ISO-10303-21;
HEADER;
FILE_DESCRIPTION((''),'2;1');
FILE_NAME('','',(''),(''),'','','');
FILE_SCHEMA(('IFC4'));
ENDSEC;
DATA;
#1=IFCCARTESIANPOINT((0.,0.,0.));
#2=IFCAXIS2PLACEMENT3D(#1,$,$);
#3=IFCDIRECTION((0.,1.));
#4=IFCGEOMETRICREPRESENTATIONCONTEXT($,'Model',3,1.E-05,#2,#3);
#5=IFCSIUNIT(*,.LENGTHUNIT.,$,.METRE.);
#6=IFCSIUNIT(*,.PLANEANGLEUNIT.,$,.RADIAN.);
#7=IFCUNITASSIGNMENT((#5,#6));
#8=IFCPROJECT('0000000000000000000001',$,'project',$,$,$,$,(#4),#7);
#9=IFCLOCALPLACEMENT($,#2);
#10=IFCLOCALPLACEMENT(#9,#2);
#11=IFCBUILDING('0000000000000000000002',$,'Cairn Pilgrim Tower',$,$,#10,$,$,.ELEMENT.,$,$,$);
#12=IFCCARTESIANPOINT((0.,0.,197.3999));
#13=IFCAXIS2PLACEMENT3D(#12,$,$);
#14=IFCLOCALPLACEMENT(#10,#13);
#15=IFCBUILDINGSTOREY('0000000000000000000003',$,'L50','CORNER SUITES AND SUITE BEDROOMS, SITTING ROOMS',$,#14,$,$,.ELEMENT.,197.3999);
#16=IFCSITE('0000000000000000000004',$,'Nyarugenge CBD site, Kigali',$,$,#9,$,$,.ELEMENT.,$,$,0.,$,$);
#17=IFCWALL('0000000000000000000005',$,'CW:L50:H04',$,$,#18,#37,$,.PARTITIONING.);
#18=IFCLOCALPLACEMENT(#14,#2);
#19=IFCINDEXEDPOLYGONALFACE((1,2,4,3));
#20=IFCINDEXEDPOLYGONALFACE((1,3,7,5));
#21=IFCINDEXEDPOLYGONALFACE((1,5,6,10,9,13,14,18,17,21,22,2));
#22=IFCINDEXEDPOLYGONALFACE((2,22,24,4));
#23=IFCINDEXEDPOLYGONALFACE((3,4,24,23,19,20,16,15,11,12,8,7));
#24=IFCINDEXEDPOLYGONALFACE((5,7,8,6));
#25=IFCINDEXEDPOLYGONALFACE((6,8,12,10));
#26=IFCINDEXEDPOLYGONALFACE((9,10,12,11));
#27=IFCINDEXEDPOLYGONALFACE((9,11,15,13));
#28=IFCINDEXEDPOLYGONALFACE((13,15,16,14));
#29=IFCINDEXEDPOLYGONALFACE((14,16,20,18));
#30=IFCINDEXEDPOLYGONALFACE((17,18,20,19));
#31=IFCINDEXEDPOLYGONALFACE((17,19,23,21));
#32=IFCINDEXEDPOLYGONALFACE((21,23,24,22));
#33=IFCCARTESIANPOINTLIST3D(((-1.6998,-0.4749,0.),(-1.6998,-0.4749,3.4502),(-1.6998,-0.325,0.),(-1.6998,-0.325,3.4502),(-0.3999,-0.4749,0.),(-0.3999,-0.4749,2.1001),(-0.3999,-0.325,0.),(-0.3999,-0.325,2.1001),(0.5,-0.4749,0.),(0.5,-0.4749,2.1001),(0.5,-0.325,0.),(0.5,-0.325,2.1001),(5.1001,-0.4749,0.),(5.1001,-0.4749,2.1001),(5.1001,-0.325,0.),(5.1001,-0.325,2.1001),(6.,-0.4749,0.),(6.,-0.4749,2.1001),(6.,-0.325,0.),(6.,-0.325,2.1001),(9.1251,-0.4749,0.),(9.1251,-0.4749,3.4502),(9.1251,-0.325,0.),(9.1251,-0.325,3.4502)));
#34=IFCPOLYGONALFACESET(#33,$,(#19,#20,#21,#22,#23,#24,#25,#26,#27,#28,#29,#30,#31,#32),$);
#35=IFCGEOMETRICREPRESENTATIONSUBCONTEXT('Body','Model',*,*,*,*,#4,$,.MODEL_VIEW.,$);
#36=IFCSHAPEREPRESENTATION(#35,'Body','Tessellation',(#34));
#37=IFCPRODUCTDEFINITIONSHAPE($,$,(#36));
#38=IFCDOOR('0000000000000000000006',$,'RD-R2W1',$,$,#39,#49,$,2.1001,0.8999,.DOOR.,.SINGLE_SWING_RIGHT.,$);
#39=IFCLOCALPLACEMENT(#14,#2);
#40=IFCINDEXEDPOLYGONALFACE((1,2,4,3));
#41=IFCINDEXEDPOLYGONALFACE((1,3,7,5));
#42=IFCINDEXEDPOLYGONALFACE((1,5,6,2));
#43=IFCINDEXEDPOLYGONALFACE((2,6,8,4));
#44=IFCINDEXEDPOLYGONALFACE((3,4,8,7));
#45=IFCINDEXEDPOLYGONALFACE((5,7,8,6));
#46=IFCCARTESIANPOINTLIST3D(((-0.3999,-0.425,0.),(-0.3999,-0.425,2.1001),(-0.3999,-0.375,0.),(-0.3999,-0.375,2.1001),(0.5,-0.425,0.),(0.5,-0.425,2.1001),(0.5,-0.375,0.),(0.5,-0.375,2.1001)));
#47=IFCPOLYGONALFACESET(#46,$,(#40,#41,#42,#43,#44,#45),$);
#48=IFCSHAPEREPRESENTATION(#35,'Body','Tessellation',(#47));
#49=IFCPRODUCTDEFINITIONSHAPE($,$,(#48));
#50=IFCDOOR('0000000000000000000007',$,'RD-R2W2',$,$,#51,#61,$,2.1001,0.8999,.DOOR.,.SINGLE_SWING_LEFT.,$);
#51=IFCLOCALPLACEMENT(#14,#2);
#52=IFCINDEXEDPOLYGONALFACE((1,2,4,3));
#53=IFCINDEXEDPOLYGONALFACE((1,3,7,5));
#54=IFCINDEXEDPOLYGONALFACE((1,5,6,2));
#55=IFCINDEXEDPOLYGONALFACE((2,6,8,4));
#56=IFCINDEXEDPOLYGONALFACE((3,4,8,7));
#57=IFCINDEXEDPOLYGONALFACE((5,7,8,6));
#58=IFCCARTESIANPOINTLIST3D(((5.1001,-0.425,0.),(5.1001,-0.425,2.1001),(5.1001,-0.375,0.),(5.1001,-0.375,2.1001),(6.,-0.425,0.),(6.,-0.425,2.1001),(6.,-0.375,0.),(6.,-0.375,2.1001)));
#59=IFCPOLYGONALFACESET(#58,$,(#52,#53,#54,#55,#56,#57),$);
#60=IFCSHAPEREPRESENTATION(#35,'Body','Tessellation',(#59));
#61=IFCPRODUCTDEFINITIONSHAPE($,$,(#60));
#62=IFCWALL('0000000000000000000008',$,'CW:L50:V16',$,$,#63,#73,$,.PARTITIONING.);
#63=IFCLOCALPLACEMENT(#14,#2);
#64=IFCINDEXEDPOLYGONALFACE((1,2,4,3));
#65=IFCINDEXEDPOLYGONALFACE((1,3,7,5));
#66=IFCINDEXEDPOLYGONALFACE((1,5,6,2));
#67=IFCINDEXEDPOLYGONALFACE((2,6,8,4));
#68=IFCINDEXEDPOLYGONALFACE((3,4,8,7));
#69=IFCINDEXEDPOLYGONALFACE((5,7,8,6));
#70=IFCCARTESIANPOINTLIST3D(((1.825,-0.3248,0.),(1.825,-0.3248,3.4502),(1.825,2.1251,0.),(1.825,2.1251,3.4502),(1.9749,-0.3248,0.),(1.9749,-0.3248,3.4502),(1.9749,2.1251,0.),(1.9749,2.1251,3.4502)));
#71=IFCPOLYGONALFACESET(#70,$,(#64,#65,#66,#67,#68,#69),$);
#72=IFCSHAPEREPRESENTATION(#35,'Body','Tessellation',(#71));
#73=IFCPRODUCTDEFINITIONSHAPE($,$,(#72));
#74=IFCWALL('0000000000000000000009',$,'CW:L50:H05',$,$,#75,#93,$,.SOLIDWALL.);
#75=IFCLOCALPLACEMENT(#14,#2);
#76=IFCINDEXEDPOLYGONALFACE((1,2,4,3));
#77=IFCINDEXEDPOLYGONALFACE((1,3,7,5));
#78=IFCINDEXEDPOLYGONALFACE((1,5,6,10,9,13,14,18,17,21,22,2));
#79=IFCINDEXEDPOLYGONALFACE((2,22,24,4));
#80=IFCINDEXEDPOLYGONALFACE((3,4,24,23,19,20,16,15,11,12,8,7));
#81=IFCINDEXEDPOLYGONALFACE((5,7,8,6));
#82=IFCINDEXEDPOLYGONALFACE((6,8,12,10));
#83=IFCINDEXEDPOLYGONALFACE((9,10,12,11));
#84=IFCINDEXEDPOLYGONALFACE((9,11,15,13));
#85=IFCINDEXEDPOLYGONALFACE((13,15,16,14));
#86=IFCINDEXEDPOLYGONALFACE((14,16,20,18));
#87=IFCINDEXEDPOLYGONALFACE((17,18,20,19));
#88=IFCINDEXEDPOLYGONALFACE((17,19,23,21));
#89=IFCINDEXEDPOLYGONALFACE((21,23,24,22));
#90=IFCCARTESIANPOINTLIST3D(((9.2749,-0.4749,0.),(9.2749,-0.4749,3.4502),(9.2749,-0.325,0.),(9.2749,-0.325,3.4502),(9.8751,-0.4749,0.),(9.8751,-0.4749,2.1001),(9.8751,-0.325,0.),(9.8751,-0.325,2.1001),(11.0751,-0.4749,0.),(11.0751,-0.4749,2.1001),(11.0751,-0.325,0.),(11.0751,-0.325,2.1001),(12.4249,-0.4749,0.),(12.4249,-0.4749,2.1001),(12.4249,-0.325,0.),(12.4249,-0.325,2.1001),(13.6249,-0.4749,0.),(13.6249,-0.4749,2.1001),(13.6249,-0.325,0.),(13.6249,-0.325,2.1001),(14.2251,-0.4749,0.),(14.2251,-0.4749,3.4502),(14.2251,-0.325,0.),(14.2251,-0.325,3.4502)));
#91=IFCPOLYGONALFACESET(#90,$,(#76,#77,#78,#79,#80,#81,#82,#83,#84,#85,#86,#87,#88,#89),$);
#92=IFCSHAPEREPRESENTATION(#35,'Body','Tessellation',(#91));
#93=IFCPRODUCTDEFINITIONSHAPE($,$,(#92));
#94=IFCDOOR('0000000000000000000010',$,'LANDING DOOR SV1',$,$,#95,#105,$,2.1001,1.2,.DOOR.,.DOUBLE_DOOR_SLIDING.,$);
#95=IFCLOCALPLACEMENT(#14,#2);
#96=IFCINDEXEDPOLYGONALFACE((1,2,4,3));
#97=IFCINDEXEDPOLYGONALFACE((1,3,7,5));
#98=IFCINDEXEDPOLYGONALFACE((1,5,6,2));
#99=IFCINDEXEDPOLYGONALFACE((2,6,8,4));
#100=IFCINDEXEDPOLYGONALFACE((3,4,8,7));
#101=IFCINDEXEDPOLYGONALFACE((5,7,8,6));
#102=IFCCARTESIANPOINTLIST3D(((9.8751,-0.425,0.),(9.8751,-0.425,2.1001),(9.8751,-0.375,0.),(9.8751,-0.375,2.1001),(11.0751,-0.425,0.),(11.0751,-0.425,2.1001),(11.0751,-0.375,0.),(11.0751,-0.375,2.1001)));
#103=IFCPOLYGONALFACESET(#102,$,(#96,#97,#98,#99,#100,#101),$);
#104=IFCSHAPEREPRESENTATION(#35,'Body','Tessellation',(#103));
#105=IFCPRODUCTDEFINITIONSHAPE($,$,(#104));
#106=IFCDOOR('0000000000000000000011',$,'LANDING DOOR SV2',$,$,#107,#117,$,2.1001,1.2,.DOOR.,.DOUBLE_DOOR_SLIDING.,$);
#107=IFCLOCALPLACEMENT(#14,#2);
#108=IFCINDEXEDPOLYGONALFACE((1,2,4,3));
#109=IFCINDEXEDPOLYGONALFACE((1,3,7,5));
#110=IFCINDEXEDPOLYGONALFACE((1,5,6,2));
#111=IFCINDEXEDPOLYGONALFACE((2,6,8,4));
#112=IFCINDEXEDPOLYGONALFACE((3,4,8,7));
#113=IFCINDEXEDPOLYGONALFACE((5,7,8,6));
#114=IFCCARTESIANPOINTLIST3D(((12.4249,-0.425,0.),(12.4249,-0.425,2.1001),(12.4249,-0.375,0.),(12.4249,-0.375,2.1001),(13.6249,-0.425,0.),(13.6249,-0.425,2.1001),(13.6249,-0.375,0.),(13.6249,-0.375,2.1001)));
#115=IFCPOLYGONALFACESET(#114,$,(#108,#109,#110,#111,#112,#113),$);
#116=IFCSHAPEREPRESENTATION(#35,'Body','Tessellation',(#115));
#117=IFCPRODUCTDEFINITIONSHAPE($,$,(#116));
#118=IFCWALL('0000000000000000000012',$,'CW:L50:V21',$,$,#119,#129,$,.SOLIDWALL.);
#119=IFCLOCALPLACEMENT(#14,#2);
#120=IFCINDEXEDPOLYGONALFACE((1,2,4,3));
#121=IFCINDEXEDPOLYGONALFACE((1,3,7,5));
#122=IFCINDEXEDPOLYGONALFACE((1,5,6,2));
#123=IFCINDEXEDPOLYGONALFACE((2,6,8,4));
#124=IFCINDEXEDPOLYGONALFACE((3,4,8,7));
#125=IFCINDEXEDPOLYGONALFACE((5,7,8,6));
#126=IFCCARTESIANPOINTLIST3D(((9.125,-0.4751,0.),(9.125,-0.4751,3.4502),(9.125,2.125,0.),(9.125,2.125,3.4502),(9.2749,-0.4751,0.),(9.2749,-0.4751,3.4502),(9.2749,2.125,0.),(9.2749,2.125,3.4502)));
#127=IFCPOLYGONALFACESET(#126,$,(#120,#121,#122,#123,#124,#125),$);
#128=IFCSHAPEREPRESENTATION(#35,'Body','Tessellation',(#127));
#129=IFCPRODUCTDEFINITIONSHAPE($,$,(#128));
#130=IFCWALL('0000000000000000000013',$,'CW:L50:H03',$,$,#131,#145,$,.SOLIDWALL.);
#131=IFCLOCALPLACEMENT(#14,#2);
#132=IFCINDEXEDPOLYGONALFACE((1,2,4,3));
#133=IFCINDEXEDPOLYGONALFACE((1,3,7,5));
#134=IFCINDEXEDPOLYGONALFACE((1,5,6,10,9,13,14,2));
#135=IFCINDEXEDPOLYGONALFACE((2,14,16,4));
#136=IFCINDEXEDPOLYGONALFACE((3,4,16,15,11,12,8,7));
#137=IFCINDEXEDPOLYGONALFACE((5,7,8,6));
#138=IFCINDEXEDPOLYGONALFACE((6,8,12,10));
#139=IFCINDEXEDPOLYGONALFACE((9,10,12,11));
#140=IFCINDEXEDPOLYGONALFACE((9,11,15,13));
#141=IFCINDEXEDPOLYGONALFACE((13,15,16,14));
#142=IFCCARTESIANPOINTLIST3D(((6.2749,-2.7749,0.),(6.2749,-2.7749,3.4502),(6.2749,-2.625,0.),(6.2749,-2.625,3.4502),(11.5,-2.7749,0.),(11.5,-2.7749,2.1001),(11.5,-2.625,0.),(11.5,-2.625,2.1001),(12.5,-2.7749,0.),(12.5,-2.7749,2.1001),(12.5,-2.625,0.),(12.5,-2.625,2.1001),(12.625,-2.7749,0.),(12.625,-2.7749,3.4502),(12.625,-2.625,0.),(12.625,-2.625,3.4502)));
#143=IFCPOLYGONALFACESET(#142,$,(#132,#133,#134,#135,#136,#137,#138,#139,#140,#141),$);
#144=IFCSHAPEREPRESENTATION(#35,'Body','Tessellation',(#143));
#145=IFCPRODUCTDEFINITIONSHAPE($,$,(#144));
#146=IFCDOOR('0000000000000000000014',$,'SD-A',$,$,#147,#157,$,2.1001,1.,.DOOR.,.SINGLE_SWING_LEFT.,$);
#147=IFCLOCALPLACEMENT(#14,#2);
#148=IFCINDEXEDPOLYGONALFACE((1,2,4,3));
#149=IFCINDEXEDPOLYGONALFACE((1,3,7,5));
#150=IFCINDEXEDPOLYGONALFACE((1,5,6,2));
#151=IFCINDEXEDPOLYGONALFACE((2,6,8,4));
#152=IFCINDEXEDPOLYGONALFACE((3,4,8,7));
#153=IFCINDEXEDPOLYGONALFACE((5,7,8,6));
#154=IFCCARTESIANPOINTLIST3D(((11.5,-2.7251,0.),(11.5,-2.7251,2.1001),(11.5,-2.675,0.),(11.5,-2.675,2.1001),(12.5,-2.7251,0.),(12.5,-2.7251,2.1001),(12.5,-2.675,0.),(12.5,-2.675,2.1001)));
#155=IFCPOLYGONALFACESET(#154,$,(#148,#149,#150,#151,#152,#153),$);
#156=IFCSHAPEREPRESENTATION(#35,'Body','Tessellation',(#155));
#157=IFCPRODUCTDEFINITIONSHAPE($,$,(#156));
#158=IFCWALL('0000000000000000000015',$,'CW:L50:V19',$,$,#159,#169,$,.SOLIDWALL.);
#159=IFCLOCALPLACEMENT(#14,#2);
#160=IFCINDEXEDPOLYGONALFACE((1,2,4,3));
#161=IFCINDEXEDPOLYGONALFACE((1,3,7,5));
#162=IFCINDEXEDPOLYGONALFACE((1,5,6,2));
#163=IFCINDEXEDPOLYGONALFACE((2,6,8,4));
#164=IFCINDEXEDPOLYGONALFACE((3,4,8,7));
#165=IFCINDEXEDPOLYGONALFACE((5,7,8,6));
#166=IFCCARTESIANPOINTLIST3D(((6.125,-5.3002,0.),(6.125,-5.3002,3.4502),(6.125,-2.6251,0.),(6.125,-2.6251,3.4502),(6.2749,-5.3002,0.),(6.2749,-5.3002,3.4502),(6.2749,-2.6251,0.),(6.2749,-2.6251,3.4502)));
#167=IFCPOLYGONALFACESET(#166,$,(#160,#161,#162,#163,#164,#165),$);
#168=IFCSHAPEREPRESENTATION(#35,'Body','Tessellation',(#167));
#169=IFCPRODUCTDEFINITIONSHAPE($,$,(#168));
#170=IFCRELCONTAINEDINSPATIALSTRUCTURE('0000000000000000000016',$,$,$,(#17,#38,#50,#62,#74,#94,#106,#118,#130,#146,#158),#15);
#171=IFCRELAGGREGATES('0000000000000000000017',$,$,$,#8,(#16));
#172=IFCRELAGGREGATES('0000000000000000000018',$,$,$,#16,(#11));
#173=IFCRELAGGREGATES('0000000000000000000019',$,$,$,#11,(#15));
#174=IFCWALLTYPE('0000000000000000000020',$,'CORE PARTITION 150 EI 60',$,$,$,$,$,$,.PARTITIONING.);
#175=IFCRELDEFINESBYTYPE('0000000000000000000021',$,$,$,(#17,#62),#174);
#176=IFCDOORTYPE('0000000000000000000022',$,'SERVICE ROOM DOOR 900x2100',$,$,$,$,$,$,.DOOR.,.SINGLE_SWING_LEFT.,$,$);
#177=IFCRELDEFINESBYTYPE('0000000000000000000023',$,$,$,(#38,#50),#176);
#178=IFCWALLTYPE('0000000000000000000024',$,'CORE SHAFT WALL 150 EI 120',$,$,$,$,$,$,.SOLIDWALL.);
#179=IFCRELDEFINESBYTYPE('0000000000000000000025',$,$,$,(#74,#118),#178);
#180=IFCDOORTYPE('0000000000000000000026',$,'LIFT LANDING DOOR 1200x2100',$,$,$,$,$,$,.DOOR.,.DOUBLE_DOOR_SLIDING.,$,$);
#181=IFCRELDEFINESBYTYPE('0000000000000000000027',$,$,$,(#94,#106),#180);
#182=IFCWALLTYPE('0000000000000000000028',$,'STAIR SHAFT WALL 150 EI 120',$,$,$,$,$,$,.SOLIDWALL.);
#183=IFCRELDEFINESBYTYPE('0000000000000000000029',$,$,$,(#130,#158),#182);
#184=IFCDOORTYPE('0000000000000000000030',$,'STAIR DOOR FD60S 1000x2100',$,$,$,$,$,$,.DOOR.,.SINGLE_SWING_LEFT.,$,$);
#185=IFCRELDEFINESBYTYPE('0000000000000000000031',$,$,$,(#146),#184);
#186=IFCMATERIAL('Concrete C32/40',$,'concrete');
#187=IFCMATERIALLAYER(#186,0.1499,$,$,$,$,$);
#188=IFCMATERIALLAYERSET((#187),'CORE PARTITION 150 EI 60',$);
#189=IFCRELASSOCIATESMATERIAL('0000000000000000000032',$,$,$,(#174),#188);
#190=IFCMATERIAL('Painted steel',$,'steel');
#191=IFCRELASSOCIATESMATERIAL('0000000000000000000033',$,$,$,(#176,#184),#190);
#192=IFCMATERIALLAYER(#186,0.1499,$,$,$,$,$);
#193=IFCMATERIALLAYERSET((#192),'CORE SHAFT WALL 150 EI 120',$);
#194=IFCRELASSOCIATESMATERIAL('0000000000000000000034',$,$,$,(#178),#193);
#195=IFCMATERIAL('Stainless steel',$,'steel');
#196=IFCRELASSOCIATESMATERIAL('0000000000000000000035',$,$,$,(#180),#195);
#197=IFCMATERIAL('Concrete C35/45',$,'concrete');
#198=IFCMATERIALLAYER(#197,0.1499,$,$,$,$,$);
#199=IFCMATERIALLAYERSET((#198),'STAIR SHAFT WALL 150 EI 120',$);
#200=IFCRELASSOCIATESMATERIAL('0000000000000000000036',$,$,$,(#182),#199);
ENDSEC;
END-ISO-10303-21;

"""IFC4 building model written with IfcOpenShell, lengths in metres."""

from ifc_helpers import new_model, si_unit, direction, frame, frame_2d, origin, place, context, subcontext, project, spatial, rectangle, extrude, material, layer, layer_set, type_object, element, fill, save


model = new_model("IFC4")

# Units and contexts
model_context = context("Model", 3, precision=1e-05, world=origin(), true_north=direction((0.0, 1.0)))
body_context = subcontext(model_context, "Body", "Model", "MODEL_VIEW")
ifc_project = project(units=[si_unit("LENGTHUNIT", "METRE"), si_unit("PLANEANGLEUNIT", "RADIAN")], contexts=[model_context])

# Site, building, storey
site_placement = place(None, origin())
site = spatial("IfcSite", under=ifc_project, at=site_placement, Name="Nyarugenge CBD site, Kigali", CompositionType="ELEMENT", RefElevation=0.0)
building_placement = place(site_placement, origin())
building = spatial("IfcBuilding", under=site, at=building_placement, Name="Cairn Pilgrim Tower", CompositionType="ELEMENT")
storey_placement = place(building_placement, frame((0.0, 0.0, 197.3999)))
storey = spatial("IfcBuildingStorey", under=building, at=storey_placement, Name="L50", Description="CORNER SUITES AND SUITE BEDROOMS, SITTING ROOMS", CompositionType="ELEMENT", Elevation=197.3999)

# Shared definitions
ifc_material_1 = material(Name="Concrete C35/45", Category="concrete")

# Shared definitions
ifc_material_2 = material(Name="Concrete C32/40", Category="concrete")

# Shared definitions
ifc_material_3 = material(Name="Painted steel", Category="steel")

# Shared definitions
ifc_layer_1 = layer(ifc_material_2, 0.1499)
ifc_layer_set_1 = layer_set([ifc_layer_1], Name="CORE PARTITION 150 EI 60")
wall_type_1 = type_object("IfcWallType", Name="CORE PARTITION 150 EI 60", PredefinedType="PARTITIONING", material=ifc_layer_set_1)
door_type_1 = type_object("IfcDoorType", Name="SERVICE ROOM DOOR 900x2100", OperationType="SINGLE_SWING_LEFT", PredefinedType="DOOR", material=ifc_material_3)

# Wall, openings, doors
wall_1_placement = place(storey_placement, frame((-1.7, -0.3999, 0.0), z_axis=(0.0, 0.0, 1.0), x_axis=(1.0, 0.0, 0.0)))
wall_1 = element("IfcWall", 1, at=wall_1_placement, inside=storey, type_object=wall_type_1, Name="CW:L50:H04", PredefinedType="PARTITIONING", context=body_context, shape_type="SweptSolid", body=[
    extrude(rectangle(XDim=10.825, YDim=0.1499, at=frame_2d((5.4126, 0.0))), origin(), (0.0, 0.0, 1.0), 3.4502),
])
opening_1_placement = place(wall_1_placement, frame((1.3, 0.0, 0.0)))
opening_1 = element("IfcOpeningElement", 2, at=opening_1_placement, cuts=wall_1, PredefinedType="OPENING", context=body_context, shape_type="SweptSolid", body=[
    extrude(rectangle(XDim=0.8999, YDim=2.1001, at=frame_2d((0.45, 1.05))), frame((0.0, 0.085, 0.0), z_axis=(0.0, -1.0, 0.0), x_axis=(1.0, 0.0, 0.0)), (0.0, 0.0, 1.0), 0.1699),
])
opening_2_placement = place(wall_1_placement, frame((6.8, 0.0, 0.0)))
opening_2 = element("IfcOpeningElement", 3, at=opening_2_placement, cuts=wall_1, PredefinedType="OPENING", context=body_context, shape_type="SweptSolid", body=[
    extrude(rectangle(XDim=0.8999, YDim=2.1001, at=frame_2d((0.45, 1.05))), frame((0.0, 0.085, 0.0), z_axis=(0.0, -1.0, 0.0), x_axis=(1.0, 0.0, 0.0)), (0.0, 0.0, 1.0), 0.1699),
])
door_1_placement = place(opening_1_placement, origin())
door_1 = element("IfcDoor", 4, at=door_1_placement, inside=storey, type_object=door_type_1, Name="RD-R2W1", OperationType="SINGLE_SWING_RIGHT", OverallHeight=2.1001, OverallWidth=0.8999, PredefinedType="DOOR", context=body_context, shape_type="SweptSolid", body=[
    extrude(rectangle(XDim=0.8999, YDim=2.1001, at=frame_2d((0.45, 1.05))), frame((0.0, 0.0249, 0.0), z_axis=(0.0, -1.0, 0.0), x_axis=(1.0, 0.0, 0.0)), (0.0, 0.0, 1.0), 0.05),
])
fill(opening_1, door_1)
door_2_placement = place(opening_2_placement, origin())
door_2 = element("IfcDoor", 5, at=door_2_placement, inside=storey, type_object=door_type_1, Name="RD-R2W2", OperationType="SINGLE_SWING_LEFT", OverallHeight=2.1001, OverallWidth=0.8999, PredefinedType="DOOR", context=body_context, shape_type="SweptSolid", body=[
    extrude(rectangle(XDim=0.8999, YDim=2.1001, at=frame_2d((0.45, 1.05))), frame((0.0, 0.0249, 0.0), z_axis=(0.0, -1.0, 0.0), x_axis=(1.0, 0.0, 0.0)), (0.0, 0.0, 1.0), 0.05),
])
fill(opening_2, door_2)

# Wall
wall_2_placement = place(storey_placement, frame((1.8999, -0.325, 0.0), z_axis=(0.0, 0.0, 1.0), x_axis=(0.0, 1.0, 0.0)))
element("IfcWall", 6, at=wall_2_placement, inside=storey, type_object=wall_type_1, Name="CW:L50:V16", PredefinedType="PARTITIONING", context=body_context, shape_type="SweptSolid", body=[
    extrude(rectangle(XDim=2.45, YDim=0.1499, at=frame_2d((1.2251, 0.0))), origin(), (0.0, 0.0, 1.0), 3.4502),
])

# Wall, openings, doors
ifc_layer_2 = layer(ifc_material_2, 0.1499)
ifc_layer_set_2 = layer_set([ifc_layer_2], Name="CORE SHAFT WALL 150 EI 120")
wall_type_2 = type_object("IfcWallType", Name="CORE SHAFT WALL 150 EI 120", PredefinedType="SOLIDWALL", material=ifc_layer_set_2)
wall_3_placement = place(storey_placement, frame((9.2749, -0.3999, 0.0), z_axis=(0.0, 0.0, 1.0), x_axis=(1.0, 0.0, 0.0)))
wall_3 = element("IfcWall", 7, at=wall_3_placement, inside=storey, type_object=wall_type_2, Name="CW:L50:H05", PredefinedType="SOLIDWALL", context=body_context, shape_type="SweptSolid", body=[
    extrude(rectangle(XDim=4.9502, YDim=0.1499, at=frame_2d((2.4751, 0.0))), origin(), (0.0, 0.0, 1.0), 3.4502),
])
opening_3_placement = place(wall_3_placement, frame((0.6001, 0.0, 0.0)))
opening_3 = element("IfcOpeningElement", 8, at=opening_3_placement, cuts=wall_3, PredefinedType="OPENING", context=body_context, shape_type="SweptSolid", body=[
    extrude(rectangle(XDim=1.2, YDim=2.1001, at=frame_2d((0.6001, 1.05))), frame((0.0, 0.085, 0.0), z_axis=(0.0, -1.0, 0.0), x_axis=(1.0, 0.0, 0.0)), (0.0, 0.0, 1.0), 0.1699),
])
opening_4_placement = place(wall_3_placement, frame((3.1499, 0.0, 0.0)))
opening_4 = element("IfcOpeningElement", 9, at=opening_4_placement, cuts=wall_3, PredefinedType="OPENING", context=body_context, shape_type="SweptSolid", body=[
    extrude(rectangle(XDim=1.2, YDim=2.1001, at=frame_2d((0.6001, 1.05))), frame((0.0, 0.085, 0.0), z_axis=(0.0, -1.0, 0.0), x_axis=(1.0, 0.0, 0.0)), (0.0, 0.0, 1.0), 0.1699),
])
ifc_material_4 = material(Name="Stainless steel", Category="steel")
door_type_2 = type_object("IfcDoorType", Name="LIFT LANDING DOOR 1200x2100", OperationType="DOUBLE_DOOR_SLIDING", PredefinedType="DOOR", material=ifc_material_4)
door_3_placement = place(opening_3_placement, origin())
door_3 = element("IfcDoor", 10, at=door_3_placement, inside=storey, type_object=door_type_2, Name="LANDING DOOR SV1", OperationType="DOUBLE_DOOR_SLIDING", OverallHeight=2.1001, OverallWidth=1.2, PredefinedType="DOOR", context=body_context, shape_type="SweptSolid", body=[
    extrude(rectangle(XDim=1.2, YDim=2.1001, at=frame_2d((0.6001, 1.05))), frame((0.0, 0.0249, 0.0), z_axis=(0.0, -1.0, 0.0), x_axis=(1.0, 0.0, 0.0)), (0.0, 0.0, 1.0), 0.05),
])
fill(opening_3, door_3)
door_4_placement = place(opening_4_placement, origin())
door_4 = element("IfcDoor", 11, at=door_4_placement, inside=storey, type_object=door_type_2, Name="LANDING DOOR SV2", OperationType="DOUBLE_DOOR_SLIDING", OverallHeight=2.1001, OverallWidth=1.2, PredefinedType="DOOR", context=body_context, shape_type="SweptSolid", body=[
    extrude(rectangle(XDim=1.2, YDim=2.1001, at=frame_2d((0.6001, 1.05))), frame((0.0, 0.0249, 0.0), z_axis=(0.0, -1.0, 0.0), x_axis=(1.0, 0.0, 0.0)), (0.0, 0.0, 1.0), 0.05),
])
fill(opening_4, door_4)

# Wall
wall_4_placement = place(storey_placement, frame((9.2, -0.4751, 0.0), z_axis=(0.0, 0.0, 1.0), x_axis=(0.0, 1.0, 0.0)))
element("IfcWall", 12, at=wall_4_placement, inside=storey, type_object=wall_type_2, Name="CW:L50:V21", PredefinedType="SOLIDWALL", context=body_context, shape_type="SweptSolid", body=[
    extrude(rectangle(XDim=2.6001, YDim=0.1499, at=frame_2d((1.3, 0.0))), origin(), (0.0, 0.0, 1.0), 3.4502),
])

# Wall, opening, door
ifc_layer_3 = layer(ifc_material_1, 0.1499)
ifc_layer_set_3 = layer_set([ifc_layer_3], Name="STAIR SHAFT WALL 150 EI 120")
wall_type_3 = type_object("IfcWallType", Name="STAIR SHAFT WALL 150 EI 120", PredefinedType="SOLIDWALL", material=ifc_layer_set_3)
wall_5_placement = place(storey_placement, frame((6.2749, -2.7, 0.0), z_axis=(0.0, 0.0, 1.0), x_axis=(1.0, 0.0, 0.0)))
wall_5 = element("IfcWall", 13, at=wall_5_placement, inside=storey, type_object=wall_type_3, Name="CW:L50:H03", PredefinedType="SOLIDWALL", context=body_context, shape_type="SweptSolid", body=[
    extrude(rectangle(XDim=6.3501, YDim=0.1499, at=frame_2d((3.175, 0.0))), origin(), (0.0, 0.0, 1.0), 3.4502),
])
opening_5_placement = place(wall_5_placement, frame((5.2251, 0.0, 0.0)))
opening_5 = element("IfcOpeningElement", 14, at=opening_5_placement, cuts=wall_5, PredefinedType="OPENING", context=body_context, shape_type="SweptSolid", body=[
    extrude(rectangle(XDim=1.0, YDim=2.1001, at=frame_2d((0.5, 1.05))), frame((0.0, 0.085, 0.0), z_axis=(0.0, -1.0, 0.0), x_axis=(1.0, 0.0, 0.0)), (0.0, 0.0, 1.0), 0.1699),
])
door_type_3 = type_object("IfcDoorType", Name="STAIR DOOR FD60S 1000x2100", OperationType="SINGLE_SWING_LEFT", PredefinedType="DOOR", material=ifc_material_3)
door_5_placement = place(opening_5_placement, origin())
door_5 = element("IfcDoor", 15, at=door_5_placement, inside=storey, type_object=door_type_3, Name="SD-A", OperationType="SINGLE_SWING_LEFT", OverallHeight=2.1001, OverallWidth=1.0, PredefinedType="DOOR", context=body_context, shape_type="SweptSolid", body=[
    extrude(rectangle(XDim=1.0, YDim=2.1001, at=frame_2d((0.5, 1.05))), frame((0.0, 0.0249, 0.0), z_axis=(0.0, -1.0, 0.0), x_axis=(1.0, 0.0, 0.0)), (0.0, 0.0, 1.0), 0.05),
])
fill(opening_5, door_5)

# Wall
wall_6_placement = place(storey_placement, frame((6.2, -5.3, 0.0), z_axis=(0.0, 0.0, 1.0), x_axis=(0.0, 1.0, 0.0)))
element("IfcWall", 16, at=wall_6_placement, inside=storey, type_object=wall_type_3, Name="CW:L50:V19", PredefinedType="SOLIDWALL", context=body_context, shape_type="SweptSolid", body=[
    extrude(rectangle(XDim=2.675, YDim=0.1499, at=frame_2d((1.3374, 0.0))), origin(), (0.0, 0.0, 1.0), 3.4502),
])

save(model, "model.ifc")
